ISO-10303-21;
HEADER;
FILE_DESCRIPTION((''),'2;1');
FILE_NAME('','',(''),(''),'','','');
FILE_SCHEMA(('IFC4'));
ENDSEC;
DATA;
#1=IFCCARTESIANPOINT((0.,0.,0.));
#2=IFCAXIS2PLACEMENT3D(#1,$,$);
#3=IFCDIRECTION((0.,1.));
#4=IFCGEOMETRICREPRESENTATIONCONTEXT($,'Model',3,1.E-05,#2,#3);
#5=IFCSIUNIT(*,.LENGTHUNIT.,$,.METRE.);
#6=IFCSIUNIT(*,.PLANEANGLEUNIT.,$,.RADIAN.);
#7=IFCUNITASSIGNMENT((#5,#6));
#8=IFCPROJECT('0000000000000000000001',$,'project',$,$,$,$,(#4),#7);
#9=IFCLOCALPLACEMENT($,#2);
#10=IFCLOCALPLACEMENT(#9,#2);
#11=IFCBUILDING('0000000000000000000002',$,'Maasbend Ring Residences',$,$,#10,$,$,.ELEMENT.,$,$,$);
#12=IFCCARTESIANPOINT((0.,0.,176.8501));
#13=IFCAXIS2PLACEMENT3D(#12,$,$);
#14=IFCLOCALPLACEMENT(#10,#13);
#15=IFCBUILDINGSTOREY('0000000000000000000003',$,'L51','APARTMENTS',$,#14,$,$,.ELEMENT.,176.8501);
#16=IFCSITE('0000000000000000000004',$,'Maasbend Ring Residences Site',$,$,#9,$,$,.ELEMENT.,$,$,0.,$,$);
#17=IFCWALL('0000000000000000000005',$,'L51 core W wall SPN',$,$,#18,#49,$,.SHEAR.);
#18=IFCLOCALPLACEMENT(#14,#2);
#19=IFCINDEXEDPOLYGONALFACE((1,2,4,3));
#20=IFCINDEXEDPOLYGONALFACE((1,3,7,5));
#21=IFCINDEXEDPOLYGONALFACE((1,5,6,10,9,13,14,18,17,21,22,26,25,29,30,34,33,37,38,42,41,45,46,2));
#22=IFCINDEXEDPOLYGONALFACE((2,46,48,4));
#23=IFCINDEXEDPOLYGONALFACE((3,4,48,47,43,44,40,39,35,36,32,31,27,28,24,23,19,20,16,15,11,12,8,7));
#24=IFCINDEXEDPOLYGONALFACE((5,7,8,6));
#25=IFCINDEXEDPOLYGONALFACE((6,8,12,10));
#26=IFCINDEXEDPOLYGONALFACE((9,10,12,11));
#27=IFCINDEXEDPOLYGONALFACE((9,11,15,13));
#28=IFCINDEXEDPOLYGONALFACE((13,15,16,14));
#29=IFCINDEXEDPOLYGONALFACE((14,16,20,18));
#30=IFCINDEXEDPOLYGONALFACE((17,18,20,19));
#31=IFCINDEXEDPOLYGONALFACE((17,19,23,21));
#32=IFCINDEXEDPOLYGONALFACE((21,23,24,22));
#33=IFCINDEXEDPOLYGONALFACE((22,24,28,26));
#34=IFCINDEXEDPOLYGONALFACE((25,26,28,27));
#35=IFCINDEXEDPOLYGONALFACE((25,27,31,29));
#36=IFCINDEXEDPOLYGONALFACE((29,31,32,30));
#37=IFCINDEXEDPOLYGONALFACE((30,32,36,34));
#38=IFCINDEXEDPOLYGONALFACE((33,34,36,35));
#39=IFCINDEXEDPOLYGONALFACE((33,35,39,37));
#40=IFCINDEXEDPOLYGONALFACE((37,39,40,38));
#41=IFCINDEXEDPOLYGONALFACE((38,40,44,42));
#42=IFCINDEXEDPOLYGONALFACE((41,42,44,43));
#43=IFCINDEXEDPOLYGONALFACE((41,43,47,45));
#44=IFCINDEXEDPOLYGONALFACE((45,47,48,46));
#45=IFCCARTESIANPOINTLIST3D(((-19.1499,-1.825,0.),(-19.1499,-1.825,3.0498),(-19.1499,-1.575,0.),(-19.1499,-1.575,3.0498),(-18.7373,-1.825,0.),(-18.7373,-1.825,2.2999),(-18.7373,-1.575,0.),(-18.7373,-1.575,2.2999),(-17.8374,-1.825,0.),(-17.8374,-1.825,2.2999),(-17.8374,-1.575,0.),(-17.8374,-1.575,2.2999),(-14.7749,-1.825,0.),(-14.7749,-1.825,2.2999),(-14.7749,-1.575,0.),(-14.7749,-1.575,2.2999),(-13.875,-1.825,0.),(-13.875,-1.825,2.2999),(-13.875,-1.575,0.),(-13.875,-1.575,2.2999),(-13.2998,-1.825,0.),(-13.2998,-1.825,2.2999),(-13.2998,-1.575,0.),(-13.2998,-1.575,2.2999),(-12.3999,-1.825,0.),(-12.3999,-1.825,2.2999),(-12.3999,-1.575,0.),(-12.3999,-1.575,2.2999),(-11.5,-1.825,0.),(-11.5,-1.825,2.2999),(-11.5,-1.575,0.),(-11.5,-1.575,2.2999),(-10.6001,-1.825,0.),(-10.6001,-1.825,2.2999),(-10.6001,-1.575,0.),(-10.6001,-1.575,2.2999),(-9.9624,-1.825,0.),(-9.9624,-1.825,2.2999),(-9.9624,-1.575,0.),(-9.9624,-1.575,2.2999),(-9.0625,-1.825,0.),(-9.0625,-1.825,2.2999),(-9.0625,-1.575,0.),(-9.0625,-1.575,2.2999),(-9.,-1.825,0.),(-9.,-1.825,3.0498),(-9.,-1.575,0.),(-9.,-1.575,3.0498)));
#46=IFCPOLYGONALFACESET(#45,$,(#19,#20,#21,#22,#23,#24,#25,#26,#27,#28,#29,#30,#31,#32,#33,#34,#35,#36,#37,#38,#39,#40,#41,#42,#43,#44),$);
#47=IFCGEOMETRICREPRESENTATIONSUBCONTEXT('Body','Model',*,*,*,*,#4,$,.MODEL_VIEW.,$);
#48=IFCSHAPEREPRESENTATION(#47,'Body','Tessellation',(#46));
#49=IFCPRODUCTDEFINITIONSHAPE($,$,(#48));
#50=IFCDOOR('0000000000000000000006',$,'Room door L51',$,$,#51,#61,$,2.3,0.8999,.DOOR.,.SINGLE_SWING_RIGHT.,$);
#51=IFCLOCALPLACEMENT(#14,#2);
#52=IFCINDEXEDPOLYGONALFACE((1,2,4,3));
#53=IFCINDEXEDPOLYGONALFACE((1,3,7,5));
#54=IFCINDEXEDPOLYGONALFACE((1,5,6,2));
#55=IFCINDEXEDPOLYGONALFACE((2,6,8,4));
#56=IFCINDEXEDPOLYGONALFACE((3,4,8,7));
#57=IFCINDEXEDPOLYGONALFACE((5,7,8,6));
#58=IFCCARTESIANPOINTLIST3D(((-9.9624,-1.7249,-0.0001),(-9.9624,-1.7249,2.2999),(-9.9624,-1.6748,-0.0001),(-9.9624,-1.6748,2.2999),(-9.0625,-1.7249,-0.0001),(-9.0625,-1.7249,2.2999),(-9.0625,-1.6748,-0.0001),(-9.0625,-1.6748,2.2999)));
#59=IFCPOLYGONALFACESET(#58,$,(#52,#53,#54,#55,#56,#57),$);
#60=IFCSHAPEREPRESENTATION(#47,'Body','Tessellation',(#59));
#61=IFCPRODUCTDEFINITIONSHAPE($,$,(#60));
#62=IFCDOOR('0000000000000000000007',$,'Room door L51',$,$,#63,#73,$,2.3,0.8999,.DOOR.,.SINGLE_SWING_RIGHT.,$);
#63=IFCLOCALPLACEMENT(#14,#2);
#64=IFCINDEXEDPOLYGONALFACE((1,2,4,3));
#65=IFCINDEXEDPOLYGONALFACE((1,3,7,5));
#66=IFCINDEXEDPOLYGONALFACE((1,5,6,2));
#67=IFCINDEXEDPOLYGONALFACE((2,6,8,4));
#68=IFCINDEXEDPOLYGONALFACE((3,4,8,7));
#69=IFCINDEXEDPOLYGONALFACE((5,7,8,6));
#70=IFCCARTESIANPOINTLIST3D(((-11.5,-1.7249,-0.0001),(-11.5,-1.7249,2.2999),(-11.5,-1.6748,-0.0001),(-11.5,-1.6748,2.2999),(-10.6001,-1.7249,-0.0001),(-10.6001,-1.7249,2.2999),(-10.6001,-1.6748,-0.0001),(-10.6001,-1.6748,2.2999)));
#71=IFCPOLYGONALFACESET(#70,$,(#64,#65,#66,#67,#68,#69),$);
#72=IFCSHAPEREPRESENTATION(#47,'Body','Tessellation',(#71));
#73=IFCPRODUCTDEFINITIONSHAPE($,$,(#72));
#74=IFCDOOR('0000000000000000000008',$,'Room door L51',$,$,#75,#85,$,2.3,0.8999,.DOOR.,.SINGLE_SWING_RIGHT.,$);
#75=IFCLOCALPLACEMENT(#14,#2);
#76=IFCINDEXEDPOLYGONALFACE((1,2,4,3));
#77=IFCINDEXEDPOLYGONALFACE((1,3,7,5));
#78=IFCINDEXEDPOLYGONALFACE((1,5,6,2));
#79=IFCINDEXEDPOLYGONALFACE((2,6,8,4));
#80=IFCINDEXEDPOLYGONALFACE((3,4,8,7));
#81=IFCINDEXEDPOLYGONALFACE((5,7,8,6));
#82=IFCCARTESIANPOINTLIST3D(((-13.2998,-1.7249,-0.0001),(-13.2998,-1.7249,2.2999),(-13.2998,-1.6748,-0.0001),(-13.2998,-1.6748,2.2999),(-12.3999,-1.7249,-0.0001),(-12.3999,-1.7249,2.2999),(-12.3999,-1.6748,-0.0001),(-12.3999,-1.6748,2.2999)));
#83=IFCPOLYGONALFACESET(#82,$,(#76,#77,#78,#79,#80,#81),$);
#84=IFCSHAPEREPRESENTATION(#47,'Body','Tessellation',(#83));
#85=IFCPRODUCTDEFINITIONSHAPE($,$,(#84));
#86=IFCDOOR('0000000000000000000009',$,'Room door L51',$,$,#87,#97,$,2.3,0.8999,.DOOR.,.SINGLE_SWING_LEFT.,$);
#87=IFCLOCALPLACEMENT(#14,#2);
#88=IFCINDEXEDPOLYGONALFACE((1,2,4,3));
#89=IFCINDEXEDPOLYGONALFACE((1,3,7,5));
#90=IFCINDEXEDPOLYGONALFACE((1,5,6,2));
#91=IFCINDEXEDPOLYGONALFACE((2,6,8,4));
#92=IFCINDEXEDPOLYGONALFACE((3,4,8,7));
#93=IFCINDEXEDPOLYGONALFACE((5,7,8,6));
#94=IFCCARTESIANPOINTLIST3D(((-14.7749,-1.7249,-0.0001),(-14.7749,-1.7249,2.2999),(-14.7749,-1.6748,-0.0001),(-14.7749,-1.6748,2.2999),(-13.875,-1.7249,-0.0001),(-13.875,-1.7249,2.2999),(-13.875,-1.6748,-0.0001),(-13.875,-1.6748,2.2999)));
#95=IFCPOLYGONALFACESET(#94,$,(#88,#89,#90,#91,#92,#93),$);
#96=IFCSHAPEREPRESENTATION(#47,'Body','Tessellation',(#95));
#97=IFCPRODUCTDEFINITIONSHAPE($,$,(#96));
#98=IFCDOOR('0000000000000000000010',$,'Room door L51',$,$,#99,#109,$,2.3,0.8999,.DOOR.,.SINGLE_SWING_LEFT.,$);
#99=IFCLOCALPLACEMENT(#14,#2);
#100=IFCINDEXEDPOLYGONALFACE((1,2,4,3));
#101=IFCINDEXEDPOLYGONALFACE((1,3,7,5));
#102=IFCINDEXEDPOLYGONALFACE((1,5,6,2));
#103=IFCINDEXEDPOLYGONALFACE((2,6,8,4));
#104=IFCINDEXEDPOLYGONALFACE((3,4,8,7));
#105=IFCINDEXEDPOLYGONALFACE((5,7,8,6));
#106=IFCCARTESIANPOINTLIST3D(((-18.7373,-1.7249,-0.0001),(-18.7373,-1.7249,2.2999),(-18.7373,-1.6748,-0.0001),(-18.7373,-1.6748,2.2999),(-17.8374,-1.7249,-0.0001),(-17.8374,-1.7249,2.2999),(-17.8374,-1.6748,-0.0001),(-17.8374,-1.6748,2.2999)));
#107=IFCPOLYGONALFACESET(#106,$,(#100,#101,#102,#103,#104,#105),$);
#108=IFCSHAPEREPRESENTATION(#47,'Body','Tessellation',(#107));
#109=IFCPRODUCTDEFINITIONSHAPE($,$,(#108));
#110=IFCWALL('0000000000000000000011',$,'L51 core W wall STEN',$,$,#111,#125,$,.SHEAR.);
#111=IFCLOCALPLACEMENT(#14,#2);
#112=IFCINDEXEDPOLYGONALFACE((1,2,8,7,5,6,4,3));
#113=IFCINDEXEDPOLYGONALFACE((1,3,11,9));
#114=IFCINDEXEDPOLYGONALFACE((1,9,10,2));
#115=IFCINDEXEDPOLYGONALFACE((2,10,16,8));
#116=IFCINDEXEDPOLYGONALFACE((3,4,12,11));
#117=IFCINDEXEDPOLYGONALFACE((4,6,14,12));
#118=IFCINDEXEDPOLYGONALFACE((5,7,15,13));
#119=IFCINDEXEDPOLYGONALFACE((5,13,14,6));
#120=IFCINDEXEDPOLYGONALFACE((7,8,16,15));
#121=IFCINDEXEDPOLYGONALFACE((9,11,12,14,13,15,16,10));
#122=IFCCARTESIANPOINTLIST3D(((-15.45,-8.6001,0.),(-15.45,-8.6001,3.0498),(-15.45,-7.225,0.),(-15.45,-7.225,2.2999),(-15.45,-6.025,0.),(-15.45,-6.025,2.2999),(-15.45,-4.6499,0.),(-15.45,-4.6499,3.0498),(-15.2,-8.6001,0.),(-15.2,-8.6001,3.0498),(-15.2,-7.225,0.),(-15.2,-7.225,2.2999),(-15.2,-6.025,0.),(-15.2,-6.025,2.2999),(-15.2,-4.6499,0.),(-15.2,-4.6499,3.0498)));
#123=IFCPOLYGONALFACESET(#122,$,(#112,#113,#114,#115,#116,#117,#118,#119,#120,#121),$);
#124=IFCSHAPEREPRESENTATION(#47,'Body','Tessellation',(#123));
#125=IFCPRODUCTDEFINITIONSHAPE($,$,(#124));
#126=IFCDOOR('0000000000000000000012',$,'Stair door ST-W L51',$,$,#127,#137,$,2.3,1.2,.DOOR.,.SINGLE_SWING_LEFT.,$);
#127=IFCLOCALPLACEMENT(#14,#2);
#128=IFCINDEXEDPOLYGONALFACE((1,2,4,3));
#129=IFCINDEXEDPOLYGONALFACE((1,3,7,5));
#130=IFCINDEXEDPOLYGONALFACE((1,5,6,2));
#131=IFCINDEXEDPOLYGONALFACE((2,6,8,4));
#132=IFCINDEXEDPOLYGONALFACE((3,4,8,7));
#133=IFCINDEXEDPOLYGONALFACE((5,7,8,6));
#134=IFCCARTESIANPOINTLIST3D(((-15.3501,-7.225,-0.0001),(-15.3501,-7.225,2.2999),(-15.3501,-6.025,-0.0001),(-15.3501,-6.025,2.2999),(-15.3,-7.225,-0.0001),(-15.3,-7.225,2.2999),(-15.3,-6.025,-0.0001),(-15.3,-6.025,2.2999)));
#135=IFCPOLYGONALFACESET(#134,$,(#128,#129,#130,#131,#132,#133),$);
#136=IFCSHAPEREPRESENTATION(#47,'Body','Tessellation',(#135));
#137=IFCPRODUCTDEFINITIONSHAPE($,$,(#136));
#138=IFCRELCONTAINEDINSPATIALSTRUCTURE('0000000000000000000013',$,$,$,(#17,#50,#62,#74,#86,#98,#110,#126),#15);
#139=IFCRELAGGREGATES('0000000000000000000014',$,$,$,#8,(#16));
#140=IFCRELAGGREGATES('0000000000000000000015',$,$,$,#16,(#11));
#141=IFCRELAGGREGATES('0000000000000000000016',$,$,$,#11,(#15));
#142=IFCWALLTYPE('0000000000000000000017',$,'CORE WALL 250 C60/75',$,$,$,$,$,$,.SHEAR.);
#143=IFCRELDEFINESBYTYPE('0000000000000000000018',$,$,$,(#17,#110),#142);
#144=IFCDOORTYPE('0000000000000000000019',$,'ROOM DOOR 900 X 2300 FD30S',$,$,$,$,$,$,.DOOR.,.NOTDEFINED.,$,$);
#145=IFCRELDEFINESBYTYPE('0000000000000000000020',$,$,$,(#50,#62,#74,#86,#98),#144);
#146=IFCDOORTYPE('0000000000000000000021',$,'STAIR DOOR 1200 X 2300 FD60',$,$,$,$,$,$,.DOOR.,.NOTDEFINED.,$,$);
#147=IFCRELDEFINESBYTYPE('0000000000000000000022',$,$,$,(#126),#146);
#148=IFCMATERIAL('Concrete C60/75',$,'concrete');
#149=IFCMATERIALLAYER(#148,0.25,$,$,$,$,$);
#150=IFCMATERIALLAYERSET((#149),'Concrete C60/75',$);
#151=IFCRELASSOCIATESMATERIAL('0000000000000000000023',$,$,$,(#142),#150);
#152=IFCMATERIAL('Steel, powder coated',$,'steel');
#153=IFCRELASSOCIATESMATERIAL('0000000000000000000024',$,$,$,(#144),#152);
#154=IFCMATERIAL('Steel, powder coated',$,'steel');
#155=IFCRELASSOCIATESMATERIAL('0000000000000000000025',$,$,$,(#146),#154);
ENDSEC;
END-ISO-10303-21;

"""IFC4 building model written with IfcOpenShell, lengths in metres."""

from ifc_helpers import new_model, si_unit, direction, frame, frame_2d, origin, place, context, subcontext, project, spatial, rectangle, extrude, material, layer, layer_set, type_object, element, fill, save


model = new_model("IFC4")

# Units and contexts
model_context = context("Model", 3, precision=1e-05, world=origin(), true_north=direction((0.0, 1.0)))
body_context = subcontext(model_context, "Body", "Model", "MODEL_VIEW")
ifc_project = project(units=[si_unit("LENGTHUNIT", "METRE"), si_unit("PLANEANGLEUNIT", "RADIAN")], contexts=[model_context])

# Site, building, storey
site_placement = place(None, origin())
site = spatial("IfcSite", under=ifc_project, at=site_placement, Name="Maasbend Ring Residences Site", CompositionType="ELEMENT", RefElevation=0.0)
building_placement = place(site_placement, origin())
building = spatial("IfcBuilding", under=site, at=building_placement, Name="Maasbend Ring Residences", CompositionType="ELEMENT")
storey_placement = place(building_placement, frame((0.0, 0.0, 176.8501)))
storey = spatial("IfcBuildingStorey", under=building, at=storey_placement, Name="L51", Description="APARTMENTS", CompositionType="ELEMENT", Elevation=176.8501)

# Wall, openings, doors
ifc_material_1 = material(Name="Concrete C60/75", Category="concrete")
ifc_layer_1 = layer(ifc_material_1, 0.25)
ifc_layer_set_1 = layer_set([ifc_layer_1], Name="Concrete C60/75")
wall_type_1 = type_object("IfcWallType", Name="CORE WALL 250 C60/75", PredefinedType="SHEAR", material=ifc_layer_set_1)
wall_1_placement = place(storey_placement, frame((-9.0, -1.7, 0.0), z_axis=(0.0, 0.0, 1.0), x_axis=(-1.0, 0.0, 0.0)))
wall_1 = element("IfcWall", 1, at=wall_1_placement, inside=storey, type_object=wall_type_1, Name="L51 core W wall SPN", PredefinedType="SHEAR", context=body_context, shape_type="SweptSolid", body=[
    extrude(rectangle(XDim=10.1499, YDim=0.25, at=frame_2d((5.075, 0.0))), origin(), (0.0, 0.0, 1.0), 3.0498),
])
opening_1_placement = place(wall_1_placement, frame((0.0625, 0.0, 0.0)))
opening_1 = element("IfcOpeningElement", 2, at=opening_1_placement, cuts=wall_1, PredefinedType="OPENING", context=body_context, shape_type="SweptSolid", body=[
    extrude(rectangle(XDim=0.8999, YDim=2.3, at=frame_2d((0.45, 1.1499))), frame((0.0, 0.135, 0.0), z_axis=(0.0, -1.0, 0.0), x_axis=(1.0, 0.0, 0.0)), (0.0, 0.0, 1.0), 0.27),
])
opening_2_placement = place(wall_1_placement, frame((1.6001, 0.0, 0.0)))
opening_2 = element("IfcOpeningElement", 3, at=opening_2_placement, cuts=wall_1, PredefinedType="OPENING", context=body_context, shape_type="SweptSolid", body=[
    extrude(rectangle(XDim=0.8999, YDim=2.3, at=frame_2d((0.45, 1.1499))), frame((0.0, 0.135, 0.0), z_axis=(0.0, -1.0, 0.0), x_axis=(1.0, 0.0, 0.0)), (0.0, 0.0, 1.0), 0.27),
])
opening_3_placement = place(wall_1_placement, frame((3.3999, 0.0, 0.0)))
opening_3 = element("IfcOpeningElement", 4, at=opening_3_placement, cuts=wall_1, PredefinedType="OPENING", context=body_context, shape_type="SweptSolid", body=[
    extrude(rectangle(XDim=0.8999, YDim=2.3, at=frame_2d((0.45, 1.1499))), frame((0.0, 0.135, 0.0), z_axis=(0.0, -1.0, 0.0), x_axis=(1.0, 0.0, 0.0)), (0.0, 0.0, 1.0), 0.27),
])
opening_4_placement = place(wall_1_placement, frame((4.875, 0.0, 0.0)))
opening_4 = element("IfcOpeningElement", 5, at=opening_4_placement, cuts=wall_1, PredefinedType="OPENING", context=body_context, shape_type="SweptSolid", body=[
    extrude(rectangle(XDim=0.8999, YDim=2.3, at=frame_2d((0.45, 1.1499))), frame((0.0, 0.135, 0.0), z_axis=(0.0, -1.0, 0.0), x_axis=(1.0, 0.0, 0.0)), (0.0, 0.0, 1.0), 0.27),
])
opening_5_placement = place(wall_1_placement, frame((8.8374, 0.0, 0.0)))
opening_5 = element("IfcOpeningElement", 6, at=opening_5_placement, cuts=wall_1, PredefinedType="OPENING", context=body_context, shape_type="SweptSolid", body=[
    extrude(rectangle(XDim=0.8999, YDim=2.3, at=frame_2d((0.45, 1.1499))), frame((0.0, 0.135, 0.0), z_axis=(0.0, -1.0, 0.0), x_axis=(1.0, 0.0, 0.0)), (0.0, 0.0, 1.0), 0.27),
])
ifc_material_2 = material(Name="Steel, powder coated", Category="steel")
door_type_1 = type_object("IfcDoorType", Name="ROOM DOOR 900 X 2300 FD30S", OperationType="NOTDEFINED", PredefinedType="DOOR", material=ifc_material_2)
door_1_placement = place(opening_1_placement, origin())
door_1 = element("IfcDoor", 7, at=door_1_placement, inside=storey, type_object=door_type_1, Name="Room door L51", OperationType="SINGLE_SWING_RIGHT", OverallHeight=2.3, OverallWidth=0.8999, PredefinedType="DOOR", context=body_context, shape_type="SweptSolid", body=[
    extrude(rectangle(XDim=0.8999, YDim=2.3, at=frame_2d((0.45, 1.1499))), frame((0.0, 0.0249, 0.0), z_axis=(0.0, -1.0, 0.0), x_axis=(1.0, 0.0, 0.0)), (0.0, 0.0, 1.0), 0.05),
])
fill(opening_1, door_1)
door_2_placement = place(opening_2_placement, origin())
door_2 = element("IfcDoor", 8, at=door_2_placement, inside=storey, type_object=door_type_1, Name="Room door L51", OperationType="SINGLE_SWING_RIGHT", OverallHeight=2.3, OverallWidth=0.8999, PredefinedType="DOOR", context=body_context, shape_type="SweptSolid", body=[
    extrude(rectangle(XDim=0.8999, YDim=2.3, at=frame_2d((0.45, 1.1499))), frame((0.0, 0.0249, 0.0), z_axis=(0.0, -1.0, 0.0), x_axis=(1.0, 0.0, 0.0)), (0.0, 0.0, 1.0), 0.05),
])
fill(opening_2, door_2)
door_3_placement = place(opening_3_placement, origin())
door_3 = element("IfcDoor", 9, at=door_3_placement, inside=storey, type_object=door_type_1, Name="Room door L51", OperationType="SINGLE_SWING_RIGHT", OverallHeight=2.3, OverallWidth=0.8999, PredefinedType="DOOR", context=body_context, shape_type="SweptSolid", body=[
    extrude(rectangle(XDim=0.8999, YDim=2.3, at=frame_2d((0.45, 1.1499))), frame((0.0, 0.0249, 0.0), z_axis=(0.0, -1.0, 0.0), x_axis=(1.0, 0.0, 0.0)), (0.0, 0.0, 1.0), 0.05),
])
fill(opening_3, door_3)
door_4_placement = place(opening_4_placement, origin())
door_4 = element("IfcDoor", 10, at=door_4_placement, inside=storey, type_object=door_type_1, Name="Room door L51", OperationType="SINGLE_SWING_LEFT", OverallHeight=2.3, OverallWidth=0.8999, PredefinedType="DOOR", context=body_context, shape_type="SweptSolid", body=[
    extrude(rectangle(XDim=0.8999, YDim=2.3, at=frame_2d((0.45, 1.1499))), frame((0.0, 0.0249, 0.0), z_axis=(0.0, -1.0, 0.0), x_axis=(1.0, 0.0, 0.0)), (0.0, 0.0, 1.0), 0.05),
])
fill(opening_4, door_4)
door_5_placement = place(opening_5_placement, origin())
door_5 = element("IfcDoor", 11, at=door_5_placement, inside=storey, type_object=door_type_1, Name="Room door L51", OperationType="SINGLE_SWING_LEFT", OverallHeight=2.3, OverallWidth=0.8999, PredefinedType="DOOR", context=body_context, shape_type="SweptSolid", body=[
    extrude(rectangle(XDim=0.8999, YDim=2.3, at=frame_2d((0.45, 1.1499))), frame((0.0, 0.0249, 0.0), z_axis=(0.0, -1.0, 0.0), x_axis=(1.0, 0.0, 0.0)), (0.0, 0.0, 1.0), 0.05),
])
fill(opening_5, door_5)

# Wall, opening, door
wall_2_placement = place(storey_placement, frame((-15.325, -4.6499, 0.0), z_axis=(0.0, 0.0, 1.0), x_axis=(0.0, -1.0, 0.0)))
wall_2 = element("IfcWall", 12, at=wall_2_placement, inside=storey, type_object=wall_type_1, Name="L51 core W wall STEN", PredefinedType="SHEAR", context=body_context, shape_type="SweptSolid", body=[
    extrude(rectangle(XDim=3.9502, YDim=0.25, at=frame_2d((1.9751, 0.0))), origin(), (0.0, 0.0, 1.0), 3.0498),
])
opening_6_placement = place(wall_2_placement, frame((1.375, 0.0, 0.0)))
opening_6 = element("IfcOpeningElement", 13, at=opening_6_placement, cuts=wall_2, PredefinedType="OPENING", context=body_context, shape_type="SweptSolid", body=[
    extrude(rectangle(XDim=1.2, YDim=2.3, at=frame_2d((0.6001, 1.1499))), frame((0.0, 0.135, 0.0), z_axis=(0.0, -1.0, 0.0), x_axis=(1.0, 0.0, 0.0)), (0.0, 0.0, 1.0), 0.27),
])
ifc_material_3 = material(Name="Steel, powder coated", Category="steel")
door_type_2 = type_object("IfcDoorType", Name="STAIR DOOR 1200 X 2300 FD60", OperationType="NOTDEFINED", PredefinedType="DOOR", material=ifc_material_3)
door_6_placement = place(opening_6_placement, origin())
door_6 = element("IfcDoor", 14, at=door_6_placement, inside=storey, type_object=door_type_2, Name="Stair door ST-W L51", OperationType="SINGLE_SWING_LEFT", OverallHeight=2.3, OverallWidth=1.2, PredefinedType="DOOR", context=body_context, shape_type="SweptSolid", body=[
    extrude(rectangle(XDim=1.2, YDim=2.3, at=frame_2d((0.6001, 1.1499))), frame((0.0, 0.0249, 0.0), z_axis=(0.0, -1.0, 0.0), x_axis=(1.0, 0.0, 0.0)), (0.0, 0.0, 1.0), 0.05),
])
fill(opening_6, door_6)

save(model, "model.ifc")
